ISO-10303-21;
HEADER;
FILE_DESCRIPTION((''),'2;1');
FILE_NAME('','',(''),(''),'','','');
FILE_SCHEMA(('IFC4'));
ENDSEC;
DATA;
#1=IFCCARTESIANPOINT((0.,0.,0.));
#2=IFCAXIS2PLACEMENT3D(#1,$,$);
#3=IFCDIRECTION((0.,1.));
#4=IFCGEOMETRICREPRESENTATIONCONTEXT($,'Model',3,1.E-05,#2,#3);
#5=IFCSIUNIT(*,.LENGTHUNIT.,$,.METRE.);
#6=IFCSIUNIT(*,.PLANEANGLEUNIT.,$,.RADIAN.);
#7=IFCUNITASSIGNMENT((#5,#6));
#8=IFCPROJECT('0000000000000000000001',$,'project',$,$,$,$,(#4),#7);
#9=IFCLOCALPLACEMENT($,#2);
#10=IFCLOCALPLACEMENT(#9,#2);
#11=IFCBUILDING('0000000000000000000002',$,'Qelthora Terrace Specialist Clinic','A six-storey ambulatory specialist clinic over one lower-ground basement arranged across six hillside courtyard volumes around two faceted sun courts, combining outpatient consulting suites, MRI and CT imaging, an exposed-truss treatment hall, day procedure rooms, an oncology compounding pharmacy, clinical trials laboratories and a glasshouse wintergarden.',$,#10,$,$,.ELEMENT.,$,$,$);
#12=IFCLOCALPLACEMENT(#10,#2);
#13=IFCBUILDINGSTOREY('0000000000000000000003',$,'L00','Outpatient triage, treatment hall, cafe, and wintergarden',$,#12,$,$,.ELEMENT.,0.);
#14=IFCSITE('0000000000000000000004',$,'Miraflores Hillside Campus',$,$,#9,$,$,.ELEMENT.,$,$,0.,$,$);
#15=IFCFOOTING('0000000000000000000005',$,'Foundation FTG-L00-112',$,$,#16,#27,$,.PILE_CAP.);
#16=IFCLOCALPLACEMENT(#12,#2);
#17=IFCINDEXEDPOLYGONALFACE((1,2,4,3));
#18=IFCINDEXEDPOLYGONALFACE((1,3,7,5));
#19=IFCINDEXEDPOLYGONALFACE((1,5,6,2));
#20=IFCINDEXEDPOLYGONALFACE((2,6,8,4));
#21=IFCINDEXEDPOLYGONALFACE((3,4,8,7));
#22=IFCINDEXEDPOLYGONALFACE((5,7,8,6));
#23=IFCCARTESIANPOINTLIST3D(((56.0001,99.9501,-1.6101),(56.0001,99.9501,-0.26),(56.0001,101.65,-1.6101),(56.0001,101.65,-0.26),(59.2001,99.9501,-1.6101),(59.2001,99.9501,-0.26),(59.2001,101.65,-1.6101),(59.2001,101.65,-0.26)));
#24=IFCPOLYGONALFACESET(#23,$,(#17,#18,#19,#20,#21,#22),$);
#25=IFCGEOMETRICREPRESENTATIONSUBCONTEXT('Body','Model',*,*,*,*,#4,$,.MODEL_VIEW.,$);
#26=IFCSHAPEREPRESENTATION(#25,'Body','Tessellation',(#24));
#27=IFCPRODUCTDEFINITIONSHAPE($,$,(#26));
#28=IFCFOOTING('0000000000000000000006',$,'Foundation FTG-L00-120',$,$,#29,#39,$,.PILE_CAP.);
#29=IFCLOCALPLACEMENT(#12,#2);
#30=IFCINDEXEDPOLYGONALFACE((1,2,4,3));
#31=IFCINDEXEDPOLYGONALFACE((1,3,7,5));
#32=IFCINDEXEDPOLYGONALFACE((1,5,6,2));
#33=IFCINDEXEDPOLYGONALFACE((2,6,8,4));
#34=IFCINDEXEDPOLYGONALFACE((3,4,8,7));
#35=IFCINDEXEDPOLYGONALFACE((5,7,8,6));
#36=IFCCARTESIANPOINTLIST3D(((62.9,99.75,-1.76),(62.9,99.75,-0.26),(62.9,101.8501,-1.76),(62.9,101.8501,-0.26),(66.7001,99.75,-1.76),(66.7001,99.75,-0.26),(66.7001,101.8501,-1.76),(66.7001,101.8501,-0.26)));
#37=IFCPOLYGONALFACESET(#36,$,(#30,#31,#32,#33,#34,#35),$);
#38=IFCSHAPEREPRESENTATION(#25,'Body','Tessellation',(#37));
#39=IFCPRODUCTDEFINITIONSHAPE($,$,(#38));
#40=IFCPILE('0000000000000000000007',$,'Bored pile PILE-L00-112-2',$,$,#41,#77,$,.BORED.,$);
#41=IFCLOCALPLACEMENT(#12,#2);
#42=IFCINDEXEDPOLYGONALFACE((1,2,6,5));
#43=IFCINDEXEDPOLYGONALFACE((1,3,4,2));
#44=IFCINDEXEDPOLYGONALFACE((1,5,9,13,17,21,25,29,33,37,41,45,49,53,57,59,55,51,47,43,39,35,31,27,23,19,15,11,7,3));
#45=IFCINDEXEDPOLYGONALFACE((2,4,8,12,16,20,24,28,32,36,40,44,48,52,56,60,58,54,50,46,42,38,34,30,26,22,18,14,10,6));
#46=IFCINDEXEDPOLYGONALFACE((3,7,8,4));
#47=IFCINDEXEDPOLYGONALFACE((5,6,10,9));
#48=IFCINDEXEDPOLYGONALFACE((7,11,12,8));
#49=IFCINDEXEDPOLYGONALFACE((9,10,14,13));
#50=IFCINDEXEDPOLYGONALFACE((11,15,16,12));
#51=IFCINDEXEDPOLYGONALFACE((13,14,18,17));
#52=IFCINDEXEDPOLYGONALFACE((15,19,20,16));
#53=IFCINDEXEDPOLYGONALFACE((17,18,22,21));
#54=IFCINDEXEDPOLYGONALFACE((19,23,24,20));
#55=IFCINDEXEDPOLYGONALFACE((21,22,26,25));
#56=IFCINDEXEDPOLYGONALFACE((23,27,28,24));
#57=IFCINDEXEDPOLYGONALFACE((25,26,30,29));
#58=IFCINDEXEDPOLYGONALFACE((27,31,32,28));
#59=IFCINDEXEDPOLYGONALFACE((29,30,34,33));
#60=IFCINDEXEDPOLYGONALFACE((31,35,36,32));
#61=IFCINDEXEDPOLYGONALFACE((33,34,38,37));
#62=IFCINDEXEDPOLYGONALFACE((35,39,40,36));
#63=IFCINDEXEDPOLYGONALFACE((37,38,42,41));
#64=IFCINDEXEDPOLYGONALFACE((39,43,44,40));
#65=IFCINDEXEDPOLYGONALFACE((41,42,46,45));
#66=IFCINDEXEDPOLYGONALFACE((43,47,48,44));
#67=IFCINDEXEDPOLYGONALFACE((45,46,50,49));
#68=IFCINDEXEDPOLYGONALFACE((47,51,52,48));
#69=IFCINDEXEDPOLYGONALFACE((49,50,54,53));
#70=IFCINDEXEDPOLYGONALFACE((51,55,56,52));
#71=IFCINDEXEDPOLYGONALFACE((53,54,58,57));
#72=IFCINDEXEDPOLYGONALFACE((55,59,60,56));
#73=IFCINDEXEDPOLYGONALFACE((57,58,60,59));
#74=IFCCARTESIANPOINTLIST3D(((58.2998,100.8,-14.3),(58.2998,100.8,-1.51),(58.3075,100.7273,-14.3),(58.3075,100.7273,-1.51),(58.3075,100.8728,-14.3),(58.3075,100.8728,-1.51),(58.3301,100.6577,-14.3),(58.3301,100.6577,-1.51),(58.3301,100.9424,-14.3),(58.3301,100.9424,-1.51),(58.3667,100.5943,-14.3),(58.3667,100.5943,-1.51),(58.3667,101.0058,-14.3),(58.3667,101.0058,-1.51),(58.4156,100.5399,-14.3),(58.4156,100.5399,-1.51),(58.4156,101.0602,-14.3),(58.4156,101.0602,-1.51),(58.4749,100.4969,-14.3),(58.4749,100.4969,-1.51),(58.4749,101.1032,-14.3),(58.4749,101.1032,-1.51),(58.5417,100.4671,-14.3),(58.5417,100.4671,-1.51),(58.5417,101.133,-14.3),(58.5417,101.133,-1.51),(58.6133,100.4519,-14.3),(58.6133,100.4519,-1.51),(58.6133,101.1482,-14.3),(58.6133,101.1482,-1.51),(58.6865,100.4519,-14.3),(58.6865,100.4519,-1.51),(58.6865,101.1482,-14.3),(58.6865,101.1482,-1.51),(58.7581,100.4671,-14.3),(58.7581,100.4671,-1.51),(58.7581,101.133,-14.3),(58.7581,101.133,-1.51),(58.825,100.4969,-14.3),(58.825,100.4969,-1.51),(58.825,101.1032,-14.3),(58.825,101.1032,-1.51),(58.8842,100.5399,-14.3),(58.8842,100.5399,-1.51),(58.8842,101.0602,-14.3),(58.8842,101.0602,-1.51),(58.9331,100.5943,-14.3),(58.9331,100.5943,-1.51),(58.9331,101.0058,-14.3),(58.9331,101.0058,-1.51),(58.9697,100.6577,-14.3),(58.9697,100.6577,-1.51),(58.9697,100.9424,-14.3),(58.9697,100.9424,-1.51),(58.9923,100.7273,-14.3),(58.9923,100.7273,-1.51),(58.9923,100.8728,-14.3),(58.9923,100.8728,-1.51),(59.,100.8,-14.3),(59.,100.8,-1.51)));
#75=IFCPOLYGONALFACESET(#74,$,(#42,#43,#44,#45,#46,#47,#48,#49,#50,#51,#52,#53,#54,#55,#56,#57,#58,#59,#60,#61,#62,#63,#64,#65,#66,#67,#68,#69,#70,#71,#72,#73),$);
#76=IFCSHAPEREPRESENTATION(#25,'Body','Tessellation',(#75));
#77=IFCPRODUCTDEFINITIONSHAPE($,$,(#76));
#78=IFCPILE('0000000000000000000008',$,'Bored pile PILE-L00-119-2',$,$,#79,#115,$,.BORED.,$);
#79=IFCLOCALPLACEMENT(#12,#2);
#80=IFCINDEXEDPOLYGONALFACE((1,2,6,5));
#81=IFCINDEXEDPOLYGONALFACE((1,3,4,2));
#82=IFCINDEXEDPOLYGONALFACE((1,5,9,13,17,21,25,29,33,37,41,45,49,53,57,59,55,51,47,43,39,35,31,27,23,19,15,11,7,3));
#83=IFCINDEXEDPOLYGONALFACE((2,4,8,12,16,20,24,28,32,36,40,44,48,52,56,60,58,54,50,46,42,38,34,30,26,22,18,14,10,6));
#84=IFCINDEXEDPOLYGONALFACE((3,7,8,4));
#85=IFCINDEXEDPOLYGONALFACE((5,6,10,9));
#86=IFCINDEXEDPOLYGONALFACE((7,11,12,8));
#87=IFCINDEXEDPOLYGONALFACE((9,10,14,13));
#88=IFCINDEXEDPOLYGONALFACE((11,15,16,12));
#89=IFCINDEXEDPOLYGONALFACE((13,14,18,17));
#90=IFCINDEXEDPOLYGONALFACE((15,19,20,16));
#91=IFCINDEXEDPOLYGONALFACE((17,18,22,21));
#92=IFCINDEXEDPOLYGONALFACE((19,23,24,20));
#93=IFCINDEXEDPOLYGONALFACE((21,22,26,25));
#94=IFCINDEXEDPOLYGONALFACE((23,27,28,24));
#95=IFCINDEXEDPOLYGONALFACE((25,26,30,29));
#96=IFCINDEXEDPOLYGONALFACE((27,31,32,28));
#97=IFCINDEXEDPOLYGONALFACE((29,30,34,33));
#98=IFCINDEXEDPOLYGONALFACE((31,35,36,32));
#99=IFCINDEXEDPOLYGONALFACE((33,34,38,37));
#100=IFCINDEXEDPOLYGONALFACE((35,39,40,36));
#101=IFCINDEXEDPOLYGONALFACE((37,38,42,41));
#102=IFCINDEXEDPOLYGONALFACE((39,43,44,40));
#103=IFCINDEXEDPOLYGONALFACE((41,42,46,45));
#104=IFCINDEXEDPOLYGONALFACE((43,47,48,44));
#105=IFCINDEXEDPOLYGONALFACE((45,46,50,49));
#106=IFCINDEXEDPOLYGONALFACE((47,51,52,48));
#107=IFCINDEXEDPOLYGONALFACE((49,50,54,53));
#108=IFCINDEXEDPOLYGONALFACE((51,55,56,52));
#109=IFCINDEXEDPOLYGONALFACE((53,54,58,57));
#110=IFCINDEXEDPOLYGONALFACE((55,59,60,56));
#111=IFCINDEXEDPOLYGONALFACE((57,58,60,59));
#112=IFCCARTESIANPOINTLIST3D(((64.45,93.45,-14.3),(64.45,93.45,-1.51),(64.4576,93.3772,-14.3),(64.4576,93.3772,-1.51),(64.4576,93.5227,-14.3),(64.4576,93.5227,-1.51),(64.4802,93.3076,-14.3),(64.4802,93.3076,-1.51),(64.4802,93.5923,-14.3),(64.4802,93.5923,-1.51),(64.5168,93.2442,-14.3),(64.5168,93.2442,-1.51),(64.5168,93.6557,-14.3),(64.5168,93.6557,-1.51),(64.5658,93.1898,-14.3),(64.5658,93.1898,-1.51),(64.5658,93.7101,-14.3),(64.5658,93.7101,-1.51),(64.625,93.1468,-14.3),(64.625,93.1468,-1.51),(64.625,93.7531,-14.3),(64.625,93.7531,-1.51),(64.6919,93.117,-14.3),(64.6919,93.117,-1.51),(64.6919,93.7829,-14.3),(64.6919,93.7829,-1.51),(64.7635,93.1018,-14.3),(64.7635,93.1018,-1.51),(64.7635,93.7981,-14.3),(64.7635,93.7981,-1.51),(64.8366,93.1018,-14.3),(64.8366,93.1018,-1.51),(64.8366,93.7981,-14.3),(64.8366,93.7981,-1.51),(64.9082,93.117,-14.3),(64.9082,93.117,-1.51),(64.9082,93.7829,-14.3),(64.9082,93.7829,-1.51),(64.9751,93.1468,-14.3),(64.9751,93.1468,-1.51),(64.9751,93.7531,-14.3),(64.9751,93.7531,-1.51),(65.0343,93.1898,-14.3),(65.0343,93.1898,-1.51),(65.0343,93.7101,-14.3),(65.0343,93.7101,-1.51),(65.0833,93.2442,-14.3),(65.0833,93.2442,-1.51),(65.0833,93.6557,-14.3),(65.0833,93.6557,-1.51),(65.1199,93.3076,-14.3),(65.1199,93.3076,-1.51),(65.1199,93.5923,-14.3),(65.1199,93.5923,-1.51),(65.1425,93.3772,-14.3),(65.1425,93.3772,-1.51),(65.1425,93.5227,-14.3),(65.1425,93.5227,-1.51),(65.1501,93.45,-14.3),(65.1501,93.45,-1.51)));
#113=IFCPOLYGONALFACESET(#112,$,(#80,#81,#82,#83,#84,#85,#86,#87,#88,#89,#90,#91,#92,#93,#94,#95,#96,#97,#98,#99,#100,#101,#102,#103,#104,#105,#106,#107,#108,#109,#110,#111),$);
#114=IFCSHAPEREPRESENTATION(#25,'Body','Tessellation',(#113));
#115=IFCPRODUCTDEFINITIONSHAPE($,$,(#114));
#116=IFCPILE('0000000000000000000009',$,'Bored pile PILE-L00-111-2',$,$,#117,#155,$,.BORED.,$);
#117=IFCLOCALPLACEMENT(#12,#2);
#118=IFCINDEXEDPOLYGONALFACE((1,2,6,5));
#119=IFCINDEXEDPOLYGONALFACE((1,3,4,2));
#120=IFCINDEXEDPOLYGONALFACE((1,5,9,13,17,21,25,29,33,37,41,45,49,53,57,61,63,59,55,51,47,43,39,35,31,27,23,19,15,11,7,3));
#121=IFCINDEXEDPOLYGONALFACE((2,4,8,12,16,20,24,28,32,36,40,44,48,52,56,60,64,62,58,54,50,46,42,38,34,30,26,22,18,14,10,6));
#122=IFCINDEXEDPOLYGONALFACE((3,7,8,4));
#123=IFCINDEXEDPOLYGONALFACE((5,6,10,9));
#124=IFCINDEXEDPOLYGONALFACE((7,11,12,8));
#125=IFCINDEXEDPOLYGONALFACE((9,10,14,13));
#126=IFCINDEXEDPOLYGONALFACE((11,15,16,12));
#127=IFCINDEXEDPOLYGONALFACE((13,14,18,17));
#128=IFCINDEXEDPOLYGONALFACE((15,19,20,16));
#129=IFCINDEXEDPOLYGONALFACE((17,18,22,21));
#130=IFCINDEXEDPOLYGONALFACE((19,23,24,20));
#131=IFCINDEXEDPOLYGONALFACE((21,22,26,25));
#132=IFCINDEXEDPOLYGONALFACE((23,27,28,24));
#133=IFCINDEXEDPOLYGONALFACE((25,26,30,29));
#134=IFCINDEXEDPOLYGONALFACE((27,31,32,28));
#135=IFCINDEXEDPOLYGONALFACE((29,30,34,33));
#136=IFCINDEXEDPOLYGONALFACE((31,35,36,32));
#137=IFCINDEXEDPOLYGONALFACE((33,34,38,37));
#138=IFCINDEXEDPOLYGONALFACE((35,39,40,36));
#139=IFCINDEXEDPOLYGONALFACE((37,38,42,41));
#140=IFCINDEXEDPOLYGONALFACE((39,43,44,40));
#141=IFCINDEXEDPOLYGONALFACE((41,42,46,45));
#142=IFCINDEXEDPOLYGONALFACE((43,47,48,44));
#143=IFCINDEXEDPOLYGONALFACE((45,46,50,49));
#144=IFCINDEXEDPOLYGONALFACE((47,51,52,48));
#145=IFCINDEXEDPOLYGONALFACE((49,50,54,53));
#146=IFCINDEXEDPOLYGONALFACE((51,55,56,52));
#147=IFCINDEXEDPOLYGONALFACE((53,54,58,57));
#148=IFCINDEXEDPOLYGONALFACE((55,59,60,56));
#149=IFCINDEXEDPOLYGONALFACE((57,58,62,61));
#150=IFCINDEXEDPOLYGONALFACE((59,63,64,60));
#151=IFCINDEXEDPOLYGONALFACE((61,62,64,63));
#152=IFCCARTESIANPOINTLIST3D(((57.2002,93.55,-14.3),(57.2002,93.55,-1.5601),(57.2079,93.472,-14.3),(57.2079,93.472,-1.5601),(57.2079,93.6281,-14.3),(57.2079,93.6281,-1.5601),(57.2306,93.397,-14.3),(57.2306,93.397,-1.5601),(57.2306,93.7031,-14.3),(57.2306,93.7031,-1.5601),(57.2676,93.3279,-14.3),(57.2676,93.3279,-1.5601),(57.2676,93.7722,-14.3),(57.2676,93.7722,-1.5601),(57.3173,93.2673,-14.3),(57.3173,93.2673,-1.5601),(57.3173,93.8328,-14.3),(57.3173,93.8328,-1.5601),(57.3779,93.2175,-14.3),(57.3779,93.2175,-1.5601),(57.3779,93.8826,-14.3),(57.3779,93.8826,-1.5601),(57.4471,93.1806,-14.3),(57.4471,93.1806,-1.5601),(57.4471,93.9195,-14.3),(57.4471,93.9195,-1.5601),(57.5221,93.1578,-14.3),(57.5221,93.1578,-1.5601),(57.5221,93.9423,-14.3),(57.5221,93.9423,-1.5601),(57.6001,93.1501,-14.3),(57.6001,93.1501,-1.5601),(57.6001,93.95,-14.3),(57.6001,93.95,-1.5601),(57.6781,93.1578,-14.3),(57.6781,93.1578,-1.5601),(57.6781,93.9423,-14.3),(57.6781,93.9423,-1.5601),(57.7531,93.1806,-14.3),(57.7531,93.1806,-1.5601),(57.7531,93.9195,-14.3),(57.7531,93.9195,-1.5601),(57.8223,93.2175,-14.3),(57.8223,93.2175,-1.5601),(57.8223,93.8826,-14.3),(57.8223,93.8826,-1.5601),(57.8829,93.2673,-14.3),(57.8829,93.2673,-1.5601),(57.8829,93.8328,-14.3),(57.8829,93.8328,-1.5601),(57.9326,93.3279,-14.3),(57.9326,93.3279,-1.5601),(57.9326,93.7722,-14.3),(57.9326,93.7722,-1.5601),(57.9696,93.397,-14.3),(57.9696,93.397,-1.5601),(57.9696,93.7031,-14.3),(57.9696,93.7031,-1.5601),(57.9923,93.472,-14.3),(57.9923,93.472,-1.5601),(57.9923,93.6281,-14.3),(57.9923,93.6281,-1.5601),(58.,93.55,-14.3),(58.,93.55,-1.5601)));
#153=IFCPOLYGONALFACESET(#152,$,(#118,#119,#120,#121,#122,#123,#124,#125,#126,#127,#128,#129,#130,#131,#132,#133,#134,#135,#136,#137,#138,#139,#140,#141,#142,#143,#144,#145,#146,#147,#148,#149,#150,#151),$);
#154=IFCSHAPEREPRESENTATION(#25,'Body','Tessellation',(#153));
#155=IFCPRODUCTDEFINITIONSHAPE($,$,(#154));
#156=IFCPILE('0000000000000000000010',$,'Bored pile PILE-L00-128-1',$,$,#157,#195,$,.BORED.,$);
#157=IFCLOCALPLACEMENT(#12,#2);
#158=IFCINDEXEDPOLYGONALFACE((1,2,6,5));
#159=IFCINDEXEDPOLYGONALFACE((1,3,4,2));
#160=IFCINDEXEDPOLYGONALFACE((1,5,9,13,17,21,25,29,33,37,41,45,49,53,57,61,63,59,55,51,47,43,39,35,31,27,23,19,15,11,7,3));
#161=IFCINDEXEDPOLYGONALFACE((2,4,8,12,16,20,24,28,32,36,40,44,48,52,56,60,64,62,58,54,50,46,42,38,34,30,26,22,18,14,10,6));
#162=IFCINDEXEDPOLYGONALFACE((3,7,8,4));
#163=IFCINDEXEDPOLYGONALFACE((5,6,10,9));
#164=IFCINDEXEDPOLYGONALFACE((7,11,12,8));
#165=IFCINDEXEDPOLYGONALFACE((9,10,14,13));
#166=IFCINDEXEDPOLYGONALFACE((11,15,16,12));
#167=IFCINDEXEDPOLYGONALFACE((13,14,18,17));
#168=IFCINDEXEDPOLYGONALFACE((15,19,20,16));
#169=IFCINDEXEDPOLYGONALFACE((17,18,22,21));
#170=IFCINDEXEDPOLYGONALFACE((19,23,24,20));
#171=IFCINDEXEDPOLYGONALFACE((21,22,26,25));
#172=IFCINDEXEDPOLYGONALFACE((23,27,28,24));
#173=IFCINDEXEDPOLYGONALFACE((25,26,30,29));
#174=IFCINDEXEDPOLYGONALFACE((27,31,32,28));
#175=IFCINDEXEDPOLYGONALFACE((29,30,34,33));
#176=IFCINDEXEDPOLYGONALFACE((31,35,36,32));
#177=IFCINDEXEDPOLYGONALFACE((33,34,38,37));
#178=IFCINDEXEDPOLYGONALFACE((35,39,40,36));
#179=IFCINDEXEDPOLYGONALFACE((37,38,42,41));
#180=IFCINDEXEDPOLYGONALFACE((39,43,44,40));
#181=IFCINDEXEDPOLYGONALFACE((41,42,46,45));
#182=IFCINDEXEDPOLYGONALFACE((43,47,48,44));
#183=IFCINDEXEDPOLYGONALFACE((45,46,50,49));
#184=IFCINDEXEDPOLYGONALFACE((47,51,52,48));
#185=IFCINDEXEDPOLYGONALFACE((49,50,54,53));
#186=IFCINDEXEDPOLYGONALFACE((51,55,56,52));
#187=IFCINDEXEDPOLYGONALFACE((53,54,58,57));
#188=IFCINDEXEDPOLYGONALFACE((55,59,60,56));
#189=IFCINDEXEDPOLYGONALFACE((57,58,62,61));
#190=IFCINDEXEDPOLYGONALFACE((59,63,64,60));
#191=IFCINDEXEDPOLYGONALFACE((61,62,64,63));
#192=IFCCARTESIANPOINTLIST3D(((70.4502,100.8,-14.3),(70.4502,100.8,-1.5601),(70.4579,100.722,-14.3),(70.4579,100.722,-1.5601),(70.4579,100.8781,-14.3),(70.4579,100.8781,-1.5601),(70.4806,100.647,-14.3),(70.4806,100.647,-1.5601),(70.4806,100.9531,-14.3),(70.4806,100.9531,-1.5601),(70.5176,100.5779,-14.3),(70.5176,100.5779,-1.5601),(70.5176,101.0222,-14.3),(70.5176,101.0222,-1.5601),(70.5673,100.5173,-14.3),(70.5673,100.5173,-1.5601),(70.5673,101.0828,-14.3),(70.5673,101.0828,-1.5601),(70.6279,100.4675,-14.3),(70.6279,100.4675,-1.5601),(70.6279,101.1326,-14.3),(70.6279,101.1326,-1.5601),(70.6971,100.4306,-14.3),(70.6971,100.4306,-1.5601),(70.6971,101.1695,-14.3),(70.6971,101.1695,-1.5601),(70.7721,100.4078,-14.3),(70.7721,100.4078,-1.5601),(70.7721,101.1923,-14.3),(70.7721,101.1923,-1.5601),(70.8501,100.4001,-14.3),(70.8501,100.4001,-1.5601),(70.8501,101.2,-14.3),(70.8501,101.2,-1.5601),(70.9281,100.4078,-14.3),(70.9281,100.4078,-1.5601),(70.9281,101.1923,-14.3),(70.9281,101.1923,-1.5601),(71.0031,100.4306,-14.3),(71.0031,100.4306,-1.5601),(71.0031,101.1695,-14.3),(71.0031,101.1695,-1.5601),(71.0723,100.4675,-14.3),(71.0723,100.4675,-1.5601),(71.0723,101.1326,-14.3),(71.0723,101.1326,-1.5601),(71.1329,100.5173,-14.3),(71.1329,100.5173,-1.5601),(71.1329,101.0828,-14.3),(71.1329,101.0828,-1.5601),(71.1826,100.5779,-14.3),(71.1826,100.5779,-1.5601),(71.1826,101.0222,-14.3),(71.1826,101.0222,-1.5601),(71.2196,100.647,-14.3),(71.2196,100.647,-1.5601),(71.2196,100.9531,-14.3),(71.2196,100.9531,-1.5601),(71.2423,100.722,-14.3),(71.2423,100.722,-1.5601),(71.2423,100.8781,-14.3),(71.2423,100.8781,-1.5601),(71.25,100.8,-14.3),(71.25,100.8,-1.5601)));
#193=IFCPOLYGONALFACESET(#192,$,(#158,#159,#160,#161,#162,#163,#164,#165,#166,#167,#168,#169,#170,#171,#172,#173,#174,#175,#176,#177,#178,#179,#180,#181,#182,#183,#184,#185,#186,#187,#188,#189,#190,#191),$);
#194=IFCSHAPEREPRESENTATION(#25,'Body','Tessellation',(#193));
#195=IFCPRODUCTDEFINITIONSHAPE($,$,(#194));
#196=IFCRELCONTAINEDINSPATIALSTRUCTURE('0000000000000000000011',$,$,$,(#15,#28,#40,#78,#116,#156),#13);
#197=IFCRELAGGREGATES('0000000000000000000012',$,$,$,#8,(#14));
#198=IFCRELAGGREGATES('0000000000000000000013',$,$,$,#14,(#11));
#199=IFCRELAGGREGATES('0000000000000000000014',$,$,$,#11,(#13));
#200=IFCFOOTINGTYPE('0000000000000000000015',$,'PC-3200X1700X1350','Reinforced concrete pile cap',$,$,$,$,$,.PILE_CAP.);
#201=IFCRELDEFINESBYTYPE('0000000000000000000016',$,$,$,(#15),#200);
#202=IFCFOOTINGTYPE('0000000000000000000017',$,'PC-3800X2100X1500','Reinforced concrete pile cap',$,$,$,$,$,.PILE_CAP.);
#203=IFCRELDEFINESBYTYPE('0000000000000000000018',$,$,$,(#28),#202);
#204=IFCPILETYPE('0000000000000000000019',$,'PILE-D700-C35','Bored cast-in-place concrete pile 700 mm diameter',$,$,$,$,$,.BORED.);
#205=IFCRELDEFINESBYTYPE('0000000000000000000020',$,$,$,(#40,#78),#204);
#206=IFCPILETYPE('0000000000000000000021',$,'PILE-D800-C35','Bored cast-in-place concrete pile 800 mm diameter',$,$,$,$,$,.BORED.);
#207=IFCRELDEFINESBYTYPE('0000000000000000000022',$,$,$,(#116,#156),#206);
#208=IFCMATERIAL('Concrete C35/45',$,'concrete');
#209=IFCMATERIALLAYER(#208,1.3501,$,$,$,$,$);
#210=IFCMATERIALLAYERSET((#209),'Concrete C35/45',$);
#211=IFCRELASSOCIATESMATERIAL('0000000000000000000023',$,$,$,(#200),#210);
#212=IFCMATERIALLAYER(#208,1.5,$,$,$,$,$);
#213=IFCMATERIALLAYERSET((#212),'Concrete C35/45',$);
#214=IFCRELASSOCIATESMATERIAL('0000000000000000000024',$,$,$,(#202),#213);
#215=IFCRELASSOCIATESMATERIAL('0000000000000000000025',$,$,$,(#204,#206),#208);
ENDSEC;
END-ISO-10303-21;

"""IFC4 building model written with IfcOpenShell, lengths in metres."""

from ifc_helpers import new_model, si_unit, direction, frame, origin, origin_2d, place, context, subcontext, project, spatial, rectangle, circle, extrude, material, layer, layer_set, material_profile, profile_set, type_object, element, save


model = new_model("IFC4")

# Units and contexts
model_context = context("Model", 3, precision=1e-05, world=origin(), true_north=direction((0.0, 1.0)))
body_context = subcontext(model_context, "Body", "Model", "MODEL_VIEW")
ifc_project = project(units=[si_unit("LENGTHUNIT", "METRE"), si_unit("PLANEANGLEUNIT", "RADIAN")], contexts=[model_context])

# Site, building, storey
site_placement = place(None, origin())
site = spatial("IfcSite", under=ifc_project, at=site_placement, Name="Miraflores Hillside Campus", CompositionType="ELEMENT", RefElevation=0.0)
building_placement = place(site_placement, origin())
building = spatial("IfcBuilding", under=site, at=building_placement, Name="Qelthora Terrace Specialist Clinic", Description="A six-storey ambulatory specialist clinic over one lower-ground basement arranged across six hillside courtyard volumes around two faceted sun courts, combining outpatient consulting suites, MRI and CT imaging, an exposed-truss treatment hall, day procedure rooms, an oncology compounding pharmacy, clinical trials laboratories and a glasshouse wintergarden.", CompositionType="ELEMENT")
storey_placement = place(building_placement, origin())
storey = spatial("IfcBuildingStorey", under=building, at=storey_placement, Name="L00", Description="Outpatient triage, treatment hall, cafe, and wintergarden", CompositionType="ELEMENT", Elevation=0.0)

# Footings
ifc_material_1 = material(Name="Concrete C35/45", Category="concrete")
ifc_layer_1 = layer(ifc_material_1, 1.3501)
ifc_layer_set_1 = layer_set([ifc_layer_1], Name="Concrete C35/45")
footing_type_1 = type_object("IfcFootingType", Name="PC-3200X1700X1350", Description="Reinforced concrete pile cap", PredefinedType="PILE_CAP", material=ifc_layer_set_1)
footing_1_placement = place(storey_placement, frame((57.6001, 100.8, -1.6101), z_axis=(0.0, 0.0, 1.0), x_axis=(1.0, 0.0, 0.0)))
element("IfcFooting", 1, at=footing_1_placement, inside=storey, type_object=footing_type_1, Name="Foundation FTG-L00-112", PredefinedType="PILE_CAP", context=body_context, shape_type="SweptSolid", body=[
    extrude(rectangle(XDim=3.2, YDim=1.7, at=origin_2d()), origin(), (0.0, 0.0, 1.0), 1.3501),
])
ifc_layer_2 = layer(ifc_material_1, 1.5)
ifc_layer_set_2 = layer_set([ifc_layer_2], Name="Concrete C35/45")
footing_type_2 = type_object("IfcFootingType", Name="PC-3800X2100X1500", Description="Reinforced concrete pile cap", PredefinedType="PILE_CAP", material=ifc_layer_set_2)
footing_2_placement = place(storey_placement, frame((64.8, 100.8, -1.76), z_axis=(0.0, 0.0, 1.0), x_axis=(1.0, 0.0, 0.0)))
element("IfcFooting", 2, at=footing_2_placement, inside=storey, type_object=footing_type_2, Name="Foundation FTG-L00-120", PredefinedType="PILE_CAP", context=body_context, shape_type="SweptSolid", body=[
    extrude(rectangle(XDim=3.8, YDim=2.1001, at=origin_2d()), origin(), (0.0, 0.0, 1.0), 1.5),
])

# Piles
ifc_material_profile_1 = material_profile(ifc_material_1, circle(Radius=0.3501, at=origin_2d()), Name="PILE700")
ifc_profile_set_1 = profile_set([ifc_material_profile_1], Name="Concrete C35/45")
pile_type_1 = type_object("IfcPileType", Name="PILE-D700-C35", Description="Bored cast-in-place concrete pile 700 mm diameter", PredefinedType="BORED", material=ifc_profile_set_1)
for number, where, z_axis, x_axis, name in (
    (3, (58.6499, 100.8, -1.51), (0.0, 0.0, -1.0), (1.0, 0.0, 0.0), "Bored pile PILE-L00-112-2"),
    (4, (64.8, 93.45, -1.51), (0.0, 0.0, -1.0), (1.0, 0.0, 0.0), "Bored pile PILE-L00-119-2"),
):
    element("IfcPile", number, at=place(storey_placement, frame(where, z_axis=z_axis, x_axis=x_axis)), inside=storey, type_object=pile_type_1, Name=name, PredefinedType="BORED", context=body_context, shape_type="SweptSolid", body=[
        extrude(circle(Radius=0.3501, at=origin_2d()), origin(), (0.0, 0.0, 1.0), 12.79),
    ])
ifc_material_profile_2 = material_profile(ifc_material_1, circle(Radius=0.3999, at=origin_2d()), Name="PILE800")
ifc_profile_set_2 = profile_set([ifc_material_profile_2], Name="Concrete C35/45")
pile_type_2 = type_object("IfcPileType", Name="PILE-D800-C35", Description="Bored cast-in-place concrete pile 800 mm diameter", PredefinedType="BORED", material=ifc_profile_set_2)
for number, where, z_axis, x_axis, name in (
    (5, (57.6001, 93.55, -1.5601), (0.0, 0.0, -1.0), (1.0, 0.0, 0.0), "Bored pile PILE-L00-111-2"),
    (6, (70.8501, 100.8, -1.5601), (0.0, 0.0, -1.0), (1.0, 0.0, 0.0), "Bored pile PILE-L00-128-1"),
):
    element("IfcPile", number, at=place(storey_placement, frame(where, z_axis=z_axis, x_axis=x_axis)), inside=storey, type_object=pile_type_2, Name=name, PredefinedType="BORED", context=body_context, shape_type="SweptSolid", body=[
        extrude(circle(Radius=0.3999, at=origin_2d()), origin(), (0.0, 0.0, 1.0), 12.74),
    ])

save(model, "model.ifc")
